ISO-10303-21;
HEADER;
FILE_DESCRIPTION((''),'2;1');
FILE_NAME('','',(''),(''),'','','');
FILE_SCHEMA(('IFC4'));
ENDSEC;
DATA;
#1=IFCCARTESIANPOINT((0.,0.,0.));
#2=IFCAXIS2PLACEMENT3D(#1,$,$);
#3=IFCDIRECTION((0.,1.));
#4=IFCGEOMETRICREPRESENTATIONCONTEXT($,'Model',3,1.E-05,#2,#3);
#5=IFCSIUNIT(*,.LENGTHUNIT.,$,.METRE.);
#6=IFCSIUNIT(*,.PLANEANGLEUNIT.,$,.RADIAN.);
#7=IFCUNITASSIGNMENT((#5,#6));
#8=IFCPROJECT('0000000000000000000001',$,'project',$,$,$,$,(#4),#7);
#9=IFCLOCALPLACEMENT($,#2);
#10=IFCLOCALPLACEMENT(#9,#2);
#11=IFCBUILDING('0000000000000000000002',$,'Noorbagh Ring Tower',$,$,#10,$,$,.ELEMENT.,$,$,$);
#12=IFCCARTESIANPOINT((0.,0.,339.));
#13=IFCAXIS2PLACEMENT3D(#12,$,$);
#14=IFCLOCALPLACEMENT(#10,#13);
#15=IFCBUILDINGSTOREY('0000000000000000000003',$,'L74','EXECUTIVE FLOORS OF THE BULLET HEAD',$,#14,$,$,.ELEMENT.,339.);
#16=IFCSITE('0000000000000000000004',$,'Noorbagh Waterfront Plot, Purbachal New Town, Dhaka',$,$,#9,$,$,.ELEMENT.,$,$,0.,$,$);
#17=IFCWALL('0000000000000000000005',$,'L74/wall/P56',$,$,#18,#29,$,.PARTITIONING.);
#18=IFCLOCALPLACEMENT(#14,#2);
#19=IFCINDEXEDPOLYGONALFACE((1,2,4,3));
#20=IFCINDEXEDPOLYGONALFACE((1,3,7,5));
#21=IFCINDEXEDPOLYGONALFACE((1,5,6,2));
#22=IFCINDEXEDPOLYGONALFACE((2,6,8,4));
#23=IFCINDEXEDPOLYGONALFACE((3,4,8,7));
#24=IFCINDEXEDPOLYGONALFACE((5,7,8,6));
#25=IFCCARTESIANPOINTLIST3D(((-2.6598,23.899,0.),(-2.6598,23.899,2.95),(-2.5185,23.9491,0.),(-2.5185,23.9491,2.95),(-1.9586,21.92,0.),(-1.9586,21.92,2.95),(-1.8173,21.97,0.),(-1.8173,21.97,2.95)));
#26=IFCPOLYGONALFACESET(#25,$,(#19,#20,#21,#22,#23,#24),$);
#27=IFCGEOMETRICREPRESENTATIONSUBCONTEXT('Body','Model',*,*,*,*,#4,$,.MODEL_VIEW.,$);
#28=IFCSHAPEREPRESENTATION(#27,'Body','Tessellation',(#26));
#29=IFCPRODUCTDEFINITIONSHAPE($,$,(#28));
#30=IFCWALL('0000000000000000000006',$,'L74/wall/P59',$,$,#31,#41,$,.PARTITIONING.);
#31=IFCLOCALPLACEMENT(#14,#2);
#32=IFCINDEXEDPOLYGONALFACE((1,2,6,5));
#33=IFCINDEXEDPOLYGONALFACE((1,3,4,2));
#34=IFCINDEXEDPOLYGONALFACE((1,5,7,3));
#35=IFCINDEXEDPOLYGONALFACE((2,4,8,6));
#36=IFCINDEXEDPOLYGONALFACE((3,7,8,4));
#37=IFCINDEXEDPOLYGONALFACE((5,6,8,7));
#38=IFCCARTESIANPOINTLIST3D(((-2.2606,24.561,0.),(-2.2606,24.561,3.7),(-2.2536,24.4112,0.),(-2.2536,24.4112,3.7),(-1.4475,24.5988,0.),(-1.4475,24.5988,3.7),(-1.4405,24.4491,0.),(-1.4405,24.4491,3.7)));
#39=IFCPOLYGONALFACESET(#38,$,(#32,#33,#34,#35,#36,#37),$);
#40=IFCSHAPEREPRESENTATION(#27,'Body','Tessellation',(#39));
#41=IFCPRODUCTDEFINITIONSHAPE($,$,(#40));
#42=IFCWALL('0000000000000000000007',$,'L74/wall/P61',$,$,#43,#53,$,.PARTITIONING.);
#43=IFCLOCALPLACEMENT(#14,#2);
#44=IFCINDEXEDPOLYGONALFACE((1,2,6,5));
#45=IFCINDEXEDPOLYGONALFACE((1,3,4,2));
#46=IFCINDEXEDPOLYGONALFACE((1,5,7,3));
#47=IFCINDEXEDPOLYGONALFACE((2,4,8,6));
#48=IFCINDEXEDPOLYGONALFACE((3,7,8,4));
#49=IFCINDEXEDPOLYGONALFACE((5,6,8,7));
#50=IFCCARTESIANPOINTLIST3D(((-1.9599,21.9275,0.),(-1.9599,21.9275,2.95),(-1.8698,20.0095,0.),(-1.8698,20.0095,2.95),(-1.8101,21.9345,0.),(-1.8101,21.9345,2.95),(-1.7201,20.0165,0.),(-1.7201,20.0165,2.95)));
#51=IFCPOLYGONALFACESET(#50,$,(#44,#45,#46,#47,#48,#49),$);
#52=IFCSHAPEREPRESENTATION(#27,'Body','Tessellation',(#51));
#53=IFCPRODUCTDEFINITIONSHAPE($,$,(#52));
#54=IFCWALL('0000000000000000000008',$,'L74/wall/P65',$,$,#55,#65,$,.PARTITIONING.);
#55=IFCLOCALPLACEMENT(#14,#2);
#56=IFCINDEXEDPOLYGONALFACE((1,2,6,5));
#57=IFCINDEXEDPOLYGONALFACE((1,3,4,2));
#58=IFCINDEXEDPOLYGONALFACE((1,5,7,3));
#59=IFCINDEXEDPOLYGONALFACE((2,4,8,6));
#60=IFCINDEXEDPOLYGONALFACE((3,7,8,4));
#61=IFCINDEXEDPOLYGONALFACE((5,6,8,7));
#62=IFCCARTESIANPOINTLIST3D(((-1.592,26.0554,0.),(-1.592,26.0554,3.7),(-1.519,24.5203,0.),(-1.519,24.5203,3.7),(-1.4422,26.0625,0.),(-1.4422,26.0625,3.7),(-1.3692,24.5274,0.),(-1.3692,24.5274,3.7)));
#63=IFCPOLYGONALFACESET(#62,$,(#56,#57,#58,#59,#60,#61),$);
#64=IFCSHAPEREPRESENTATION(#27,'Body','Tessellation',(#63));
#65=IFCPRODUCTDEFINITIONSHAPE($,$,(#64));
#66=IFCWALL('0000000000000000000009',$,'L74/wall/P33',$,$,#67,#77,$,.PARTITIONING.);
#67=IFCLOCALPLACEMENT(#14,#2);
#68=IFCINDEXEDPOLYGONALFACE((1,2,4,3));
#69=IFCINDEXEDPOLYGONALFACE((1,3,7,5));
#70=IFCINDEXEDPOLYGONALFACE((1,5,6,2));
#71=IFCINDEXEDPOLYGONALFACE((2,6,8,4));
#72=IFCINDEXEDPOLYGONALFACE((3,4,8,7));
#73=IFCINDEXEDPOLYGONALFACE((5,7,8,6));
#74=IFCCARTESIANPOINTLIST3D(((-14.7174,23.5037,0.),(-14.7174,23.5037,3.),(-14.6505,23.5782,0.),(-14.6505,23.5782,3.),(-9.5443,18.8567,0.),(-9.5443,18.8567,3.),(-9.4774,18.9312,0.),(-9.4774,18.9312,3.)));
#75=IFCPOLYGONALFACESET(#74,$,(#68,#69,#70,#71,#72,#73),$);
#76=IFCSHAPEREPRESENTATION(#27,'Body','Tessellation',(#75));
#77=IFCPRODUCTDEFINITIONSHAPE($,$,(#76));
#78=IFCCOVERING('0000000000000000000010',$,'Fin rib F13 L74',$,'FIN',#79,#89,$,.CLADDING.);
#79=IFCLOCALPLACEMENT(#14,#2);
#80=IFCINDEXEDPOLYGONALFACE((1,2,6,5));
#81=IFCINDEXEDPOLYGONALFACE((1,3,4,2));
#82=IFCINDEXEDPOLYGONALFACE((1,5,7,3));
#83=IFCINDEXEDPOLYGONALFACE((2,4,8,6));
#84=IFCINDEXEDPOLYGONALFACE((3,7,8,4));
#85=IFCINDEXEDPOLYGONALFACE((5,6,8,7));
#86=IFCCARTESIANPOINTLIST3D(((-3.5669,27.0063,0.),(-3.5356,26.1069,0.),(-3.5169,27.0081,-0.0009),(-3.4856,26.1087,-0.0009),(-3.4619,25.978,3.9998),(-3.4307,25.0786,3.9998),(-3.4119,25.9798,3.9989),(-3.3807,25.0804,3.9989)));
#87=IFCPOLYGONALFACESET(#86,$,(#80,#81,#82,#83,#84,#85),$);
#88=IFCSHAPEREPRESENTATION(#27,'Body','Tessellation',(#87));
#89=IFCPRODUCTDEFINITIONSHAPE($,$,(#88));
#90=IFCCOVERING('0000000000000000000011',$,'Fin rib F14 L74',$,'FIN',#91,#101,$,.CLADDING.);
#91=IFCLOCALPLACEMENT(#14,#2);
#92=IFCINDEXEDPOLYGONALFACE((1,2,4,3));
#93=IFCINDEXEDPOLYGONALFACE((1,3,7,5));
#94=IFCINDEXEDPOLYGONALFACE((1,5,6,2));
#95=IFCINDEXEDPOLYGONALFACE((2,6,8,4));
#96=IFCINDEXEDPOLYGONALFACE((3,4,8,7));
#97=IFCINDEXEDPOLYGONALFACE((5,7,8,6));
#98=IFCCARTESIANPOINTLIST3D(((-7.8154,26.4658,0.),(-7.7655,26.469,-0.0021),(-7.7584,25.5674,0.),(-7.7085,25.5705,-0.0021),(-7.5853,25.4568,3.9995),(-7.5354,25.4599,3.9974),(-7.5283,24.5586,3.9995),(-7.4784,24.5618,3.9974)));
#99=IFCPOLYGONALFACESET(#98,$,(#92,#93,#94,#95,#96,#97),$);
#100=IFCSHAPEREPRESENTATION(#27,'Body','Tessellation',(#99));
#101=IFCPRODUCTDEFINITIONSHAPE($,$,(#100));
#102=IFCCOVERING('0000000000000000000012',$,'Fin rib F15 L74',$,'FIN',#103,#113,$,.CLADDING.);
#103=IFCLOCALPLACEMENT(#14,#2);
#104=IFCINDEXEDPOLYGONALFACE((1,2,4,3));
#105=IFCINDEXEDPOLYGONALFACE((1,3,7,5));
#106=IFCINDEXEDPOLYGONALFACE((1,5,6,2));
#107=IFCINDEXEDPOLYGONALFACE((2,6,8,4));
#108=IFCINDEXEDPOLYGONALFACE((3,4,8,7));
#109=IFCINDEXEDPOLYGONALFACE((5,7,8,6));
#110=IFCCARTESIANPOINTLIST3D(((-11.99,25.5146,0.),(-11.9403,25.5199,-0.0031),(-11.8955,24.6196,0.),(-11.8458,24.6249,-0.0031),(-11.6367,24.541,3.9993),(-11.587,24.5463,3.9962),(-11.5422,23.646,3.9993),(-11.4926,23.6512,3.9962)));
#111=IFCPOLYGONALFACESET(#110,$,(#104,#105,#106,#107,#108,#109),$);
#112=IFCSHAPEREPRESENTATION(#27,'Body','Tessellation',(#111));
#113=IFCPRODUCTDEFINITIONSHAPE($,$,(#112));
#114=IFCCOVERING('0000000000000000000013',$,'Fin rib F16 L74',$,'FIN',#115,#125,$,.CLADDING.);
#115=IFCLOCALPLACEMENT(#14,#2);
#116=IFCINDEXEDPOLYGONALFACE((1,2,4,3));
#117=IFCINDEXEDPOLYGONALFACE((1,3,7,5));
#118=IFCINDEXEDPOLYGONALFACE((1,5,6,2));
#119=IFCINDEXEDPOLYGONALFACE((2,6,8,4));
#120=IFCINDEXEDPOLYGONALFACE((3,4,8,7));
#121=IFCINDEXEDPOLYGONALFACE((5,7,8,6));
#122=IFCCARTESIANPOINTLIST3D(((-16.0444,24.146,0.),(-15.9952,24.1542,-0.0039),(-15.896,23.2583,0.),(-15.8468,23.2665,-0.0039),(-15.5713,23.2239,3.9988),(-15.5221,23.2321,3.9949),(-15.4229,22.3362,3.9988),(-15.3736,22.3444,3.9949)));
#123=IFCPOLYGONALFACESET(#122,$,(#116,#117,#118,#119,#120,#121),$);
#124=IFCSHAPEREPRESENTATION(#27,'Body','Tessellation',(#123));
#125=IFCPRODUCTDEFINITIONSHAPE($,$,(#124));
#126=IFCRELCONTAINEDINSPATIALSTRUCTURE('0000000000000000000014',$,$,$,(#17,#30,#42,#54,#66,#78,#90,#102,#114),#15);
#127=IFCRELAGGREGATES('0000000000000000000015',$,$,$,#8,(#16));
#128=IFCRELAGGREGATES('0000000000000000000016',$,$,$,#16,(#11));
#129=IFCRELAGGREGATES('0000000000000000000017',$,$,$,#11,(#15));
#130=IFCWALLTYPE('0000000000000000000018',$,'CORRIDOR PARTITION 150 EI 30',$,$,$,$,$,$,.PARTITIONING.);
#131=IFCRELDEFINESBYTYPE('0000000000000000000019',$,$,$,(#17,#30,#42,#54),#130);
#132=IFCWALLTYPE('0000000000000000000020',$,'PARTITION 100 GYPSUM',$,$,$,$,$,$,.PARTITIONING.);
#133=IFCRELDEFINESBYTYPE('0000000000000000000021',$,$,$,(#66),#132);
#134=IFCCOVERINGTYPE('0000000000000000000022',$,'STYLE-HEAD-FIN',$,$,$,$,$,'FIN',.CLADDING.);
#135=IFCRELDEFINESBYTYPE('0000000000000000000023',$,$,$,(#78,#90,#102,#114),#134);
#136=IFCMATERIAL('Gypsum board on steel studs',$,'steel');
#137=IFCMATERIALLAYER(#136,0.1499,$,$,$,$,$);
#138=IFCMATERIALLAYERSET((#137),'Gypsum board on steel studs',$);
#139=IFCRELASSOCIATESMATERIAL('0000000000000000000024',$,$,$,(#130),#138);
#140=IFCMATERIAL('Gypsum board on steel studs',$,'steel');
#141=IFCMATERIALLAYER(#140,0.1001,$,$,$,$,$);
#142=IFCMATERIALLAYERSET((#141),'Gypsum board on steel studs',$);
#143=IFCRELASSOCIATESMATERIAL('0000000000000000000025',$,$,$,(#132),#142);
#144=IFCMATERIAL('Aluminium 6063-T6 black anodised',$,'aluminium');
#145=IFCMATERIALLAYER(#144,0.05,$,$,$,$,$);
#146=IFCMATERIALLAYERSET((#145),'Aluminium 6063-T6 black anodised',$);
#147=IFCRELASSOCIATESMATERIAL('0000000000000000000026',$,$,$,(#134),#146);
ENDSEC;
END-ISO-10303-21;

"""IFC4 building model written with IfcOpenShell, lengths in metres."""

from ifc_helpers import new_model, si_unit, direction, frame, frame_2d, origin, place, context, subcontext, project, spatial, polyline, rectangle, outline, extrude, material, layer, layer_set, type_object, element, save


model = new_model("IFC4")

# Units and contexts
model_context = context("Model", 3, precision=1e-05, world=origin(), true_north=direction((0.0, 1.0)))
body_context = subcontext(model_context, "Body", "Model", "MODEL_VIEW")
ifc_project = project(units=[si_unit("LENGTHUNIT", "METRE"), si_unit("PLANEANGLEUNIT", "RADIAN")], contexts=[model_context])

# Site, building, storey
site_placement = place(None, origin())
site = spatial("IfcSite", under=ifc_project, at=site_placement, Name="Noorbagh Waterfront Plot, Purbachal New Town, Dhaka", CompositionType="ELEMENT", RefElevation=0.0)
building_placement = place(site_placement, origin())
building = spatial("IfcBuilding", under=site, at=building_placement, Name="Noorbagh Ring Tower", CompositionType="ELEMENT")
storey_placement = place(building_placement, frame((0.0, 0.0, 339.0)))
storey = spatial("IfcBuildingStorey", under=building, at=storey_placement, Name="L74", Description="EXECUTIVE FLOORS OF THE BULLET HEAD", CompositionType="ELEMENT", Elevation=339.0)

# Walls
ifc_material_1 = material(Name="Gypsum board on steel studs", Category="steel")
ifc_layer_1 = layer(ifc_material_1, 0.1499)
ifc_layer_set_1 = layer_set([ifc_layer_1], Name="Gypsum board on steel studs")
wall_type_1 = type_object("IfcWallType", Name="CORRIDOR PARTITION 150 EI 30", PredefinedType="PARTITIONING", material=ifc_layer_set_1)
wall_1_placement = place(storey_placement, frame((-2.5891, 23.9241, 0.0), z_axis=(0.0, 0.0, 1.0), x_axis=(0.333963, -0.942586, 0.0)))
element("IfcWall", 1, at=wall_1_placement, inside=storey, type_object=wall_type_1, Name="L74/wall/P56", PredefinedType="PARTITIONING", context=body_context, shape_type="SweptSolid", body=[
    extrude(rectangle(XDim=2.0996, YDim=0.1499, at=frame_2d((1.0498, 0.0))), origin(), (0.0, 0.0, 1.0), 2.95),
])
wall_2_placement = place(storey_placement, frame((-2.2571, 24.4861, 0.0), z_axis=(0.0, 0.0, 1.0), x_axis=(0.998918, 0.046496, 0.0)))
element("IfcWall", 2, at=wall_2_placement, inside=storey, type_object=wall_type_1, Name="L74/wall/P59", PredefinedType="PARTITIONING", context=body_context, shape_type="SweptSolid", body=[
    extrude(rectangle(XDim=0.814, YDim=0.1499, at=frame_2d((0.407, 0.0))), origin(), (0.0, 0.0, 1.0), 3.7),
])
wall_3_placement = place(storey_placement, frame((-1.885, 21.9309, 0.0), z_axis=(0.0, 0.0, 1.0), x_axis=(0.046919, -0.998899, 0.0)))
element("IfcWall", 3, at=wall_3_placement, inside=storey, type_object=wall_type_1, Name="L74/wall/P61", PredefinedType="PARTITIONING", context=body_context, shape_type="SweptSolid", body=[
    extrude(rectangle(XDim=1.9202, YDim=0.1499, at=frame_2d((0.96, 0.0))), origin(), (0.0, 0.0, 1.0), 2.95),
])
wall_4_placement = place(storey_placement, frame((-1.5171, 26.0591, 0.0), z_axis=(0.0, 0.0, 1.0), x_axis=(0.047497, -0.998871, 0.0)))
element("IfcWall", 4, at=wall_4_placement, inside=storey, type_object=wall_type_1, Name="L74/wall/P65", PredefinedType="PARTITIONING", context=body_context, shape_type="SweptSolid", body=[
    extrude(rectangle(XDim=1.5369, YDim=0.1499, at=frame_2d((0.7686, 0.0))), origin(), (0.0, 0.0, 1.0), 3.7),
])
ifc_material_2 = material(Name="Gypsum board on steel studs", Category="steel")
ifc_layer_2 = layer(ifc_material_2, 0.1001)
ifc_layer_set_2 = layer_set([ifc_layer_2], Name="Gypsum board on steel studs")
wall_type_2 = type_object("IfcWallType", Name="PARTITION 100 GYPSUM", PredefinedType="PARTITIONING", material=ifc_layer_set_2)
wall_5_placement = place(storey_placement, frame((-14.6841, 23.541, 0.0), z_axis=(0.0, 0.0, 1.0), x_axis=(0.743924, -0.668264, 0.0)))
element("IfcWall", 5, at=wall_5_placement, inside=storey, type_object=wall_type_2, Name="L74/wall/P33", PredefinedType="PARTITIONING", context=body_context, shape_type="SweptSolid", body=[
    extrude(rectangle(XDim=6.9539, YDim=0.1001, at=frame_2d((3.4771, 0.0))), origin(), (0.0, 0.0, 1.0), 3.0),
])

# Coverings
ifc_material_3 = material(Name="Aluminium 6063-T6 black anodised", Category="aluminium")
ifc_layer_3 = layer(ifc_material_3, 0.05)
ifc_layer_set_3 = layer_set([ifc_layer_3], Name="Aluminium 6063-T6 black anodised")
covering_type_1 = type_object("IfcCoveringType", Name="STYLE-HEAD-FIN", ElementType="FIN", PredefinedType="CLADDING", material=ifc_layer_set_3)
covering_1_placement = place(storey_placement, frame((-3.5669, 27.0063, 0.0), z_axis=(-0.999247, -0.034719, 0.017301), x_axis=(0.025412, -0.248918, 0.968191)))
element("IfcCovering", 6, at=covering_1_placement, inside=storey, type_object=covering_type_1, Name="Fin rib F13 L74", ObjectType="FIN", PredefinedType="CLADDING", context=body_context, shape_type="SweptSolid", body=[
    extrude(outline(polyline([(0.0, 0.0), (4.1312, 0.0), (4.3558, -0.8715), (0.2247, -0.8715), (0.0, 0.0)])), origin(), (0.0, 0.0, -1.0), 0.05),
])
covering_2_placement = place(storey_placement, frame((-7.8154, 26.4658, 0.0), z_axis=(-0.997137, -0.063278, 0.041406), x_axis=(0.0557, -0.244246, 0.968112)))
element("IfcCovering", 7, at=covering_2_placement, inside=storey, type_object=covering_type_1, Name="Fin rib F14 L74", ObjectType="FIN", PredefinedType="CLADDING", context=body_context, shape_type="SweptSolid", body=[
    extrude(outline(polyline([(0.0, 0.0), (4.1313, 0.0), (4.3538, -0.872), (0.2226, -0.8723), (0.0, 0.0)])), origin(), (0.0, 0.0, -1.0), 0.05),
])
covering_3_placement = place(storey_placement, frame((-11.99, 25.5146, 0.0), z_axis=(-0.992551, -0.104778, 0.062167), x_axis=(0.085513, -0.235677, 0.968062)))
element("IfcCovering", 8, at=covering_3_placement, inside=storey, type_object=covering_type_1, Name="Fin rib F15 L74", ObjectType="FIN", PredefinedType="CLADDING", context=body_context, shape_type="SweptSolid", body=[
    extrude(outline(polyline([(0.0, 0.0), (4.1312, 0.0), (4.3502, -0.8729), (0.219, -0.8729), (0.0, 0.0)])), origin(), (0.0, 0.0, -1.0), 0.05),
])
covering_4_placement = place(storey_placement, frame((-16.0444, 24.146, 0.0), z_axis=(-0.983268, -0.164419, 0.078427), x_axis=(0.114538, -0.223224, 0.968014)))
element("IfcCovering", 9, at=covering_4_placement, inside=storey, type_object=covering_type_1, Name="Fin rib F16 L74", ObjectType="FIN", PredefinedType="CLADDING", context=body_context, shape_type="SweptSolid", body=[
    extrude(outline(polyline([(0.0, 0.0), (4.1309, 0.0), (4.3461, -0.8739), (0.2152, -0.8739), (0.0, 0.0)])), origin(), (0.0, 0.0, -1.0), 0.05),
])

save(model, "model.ifc")
